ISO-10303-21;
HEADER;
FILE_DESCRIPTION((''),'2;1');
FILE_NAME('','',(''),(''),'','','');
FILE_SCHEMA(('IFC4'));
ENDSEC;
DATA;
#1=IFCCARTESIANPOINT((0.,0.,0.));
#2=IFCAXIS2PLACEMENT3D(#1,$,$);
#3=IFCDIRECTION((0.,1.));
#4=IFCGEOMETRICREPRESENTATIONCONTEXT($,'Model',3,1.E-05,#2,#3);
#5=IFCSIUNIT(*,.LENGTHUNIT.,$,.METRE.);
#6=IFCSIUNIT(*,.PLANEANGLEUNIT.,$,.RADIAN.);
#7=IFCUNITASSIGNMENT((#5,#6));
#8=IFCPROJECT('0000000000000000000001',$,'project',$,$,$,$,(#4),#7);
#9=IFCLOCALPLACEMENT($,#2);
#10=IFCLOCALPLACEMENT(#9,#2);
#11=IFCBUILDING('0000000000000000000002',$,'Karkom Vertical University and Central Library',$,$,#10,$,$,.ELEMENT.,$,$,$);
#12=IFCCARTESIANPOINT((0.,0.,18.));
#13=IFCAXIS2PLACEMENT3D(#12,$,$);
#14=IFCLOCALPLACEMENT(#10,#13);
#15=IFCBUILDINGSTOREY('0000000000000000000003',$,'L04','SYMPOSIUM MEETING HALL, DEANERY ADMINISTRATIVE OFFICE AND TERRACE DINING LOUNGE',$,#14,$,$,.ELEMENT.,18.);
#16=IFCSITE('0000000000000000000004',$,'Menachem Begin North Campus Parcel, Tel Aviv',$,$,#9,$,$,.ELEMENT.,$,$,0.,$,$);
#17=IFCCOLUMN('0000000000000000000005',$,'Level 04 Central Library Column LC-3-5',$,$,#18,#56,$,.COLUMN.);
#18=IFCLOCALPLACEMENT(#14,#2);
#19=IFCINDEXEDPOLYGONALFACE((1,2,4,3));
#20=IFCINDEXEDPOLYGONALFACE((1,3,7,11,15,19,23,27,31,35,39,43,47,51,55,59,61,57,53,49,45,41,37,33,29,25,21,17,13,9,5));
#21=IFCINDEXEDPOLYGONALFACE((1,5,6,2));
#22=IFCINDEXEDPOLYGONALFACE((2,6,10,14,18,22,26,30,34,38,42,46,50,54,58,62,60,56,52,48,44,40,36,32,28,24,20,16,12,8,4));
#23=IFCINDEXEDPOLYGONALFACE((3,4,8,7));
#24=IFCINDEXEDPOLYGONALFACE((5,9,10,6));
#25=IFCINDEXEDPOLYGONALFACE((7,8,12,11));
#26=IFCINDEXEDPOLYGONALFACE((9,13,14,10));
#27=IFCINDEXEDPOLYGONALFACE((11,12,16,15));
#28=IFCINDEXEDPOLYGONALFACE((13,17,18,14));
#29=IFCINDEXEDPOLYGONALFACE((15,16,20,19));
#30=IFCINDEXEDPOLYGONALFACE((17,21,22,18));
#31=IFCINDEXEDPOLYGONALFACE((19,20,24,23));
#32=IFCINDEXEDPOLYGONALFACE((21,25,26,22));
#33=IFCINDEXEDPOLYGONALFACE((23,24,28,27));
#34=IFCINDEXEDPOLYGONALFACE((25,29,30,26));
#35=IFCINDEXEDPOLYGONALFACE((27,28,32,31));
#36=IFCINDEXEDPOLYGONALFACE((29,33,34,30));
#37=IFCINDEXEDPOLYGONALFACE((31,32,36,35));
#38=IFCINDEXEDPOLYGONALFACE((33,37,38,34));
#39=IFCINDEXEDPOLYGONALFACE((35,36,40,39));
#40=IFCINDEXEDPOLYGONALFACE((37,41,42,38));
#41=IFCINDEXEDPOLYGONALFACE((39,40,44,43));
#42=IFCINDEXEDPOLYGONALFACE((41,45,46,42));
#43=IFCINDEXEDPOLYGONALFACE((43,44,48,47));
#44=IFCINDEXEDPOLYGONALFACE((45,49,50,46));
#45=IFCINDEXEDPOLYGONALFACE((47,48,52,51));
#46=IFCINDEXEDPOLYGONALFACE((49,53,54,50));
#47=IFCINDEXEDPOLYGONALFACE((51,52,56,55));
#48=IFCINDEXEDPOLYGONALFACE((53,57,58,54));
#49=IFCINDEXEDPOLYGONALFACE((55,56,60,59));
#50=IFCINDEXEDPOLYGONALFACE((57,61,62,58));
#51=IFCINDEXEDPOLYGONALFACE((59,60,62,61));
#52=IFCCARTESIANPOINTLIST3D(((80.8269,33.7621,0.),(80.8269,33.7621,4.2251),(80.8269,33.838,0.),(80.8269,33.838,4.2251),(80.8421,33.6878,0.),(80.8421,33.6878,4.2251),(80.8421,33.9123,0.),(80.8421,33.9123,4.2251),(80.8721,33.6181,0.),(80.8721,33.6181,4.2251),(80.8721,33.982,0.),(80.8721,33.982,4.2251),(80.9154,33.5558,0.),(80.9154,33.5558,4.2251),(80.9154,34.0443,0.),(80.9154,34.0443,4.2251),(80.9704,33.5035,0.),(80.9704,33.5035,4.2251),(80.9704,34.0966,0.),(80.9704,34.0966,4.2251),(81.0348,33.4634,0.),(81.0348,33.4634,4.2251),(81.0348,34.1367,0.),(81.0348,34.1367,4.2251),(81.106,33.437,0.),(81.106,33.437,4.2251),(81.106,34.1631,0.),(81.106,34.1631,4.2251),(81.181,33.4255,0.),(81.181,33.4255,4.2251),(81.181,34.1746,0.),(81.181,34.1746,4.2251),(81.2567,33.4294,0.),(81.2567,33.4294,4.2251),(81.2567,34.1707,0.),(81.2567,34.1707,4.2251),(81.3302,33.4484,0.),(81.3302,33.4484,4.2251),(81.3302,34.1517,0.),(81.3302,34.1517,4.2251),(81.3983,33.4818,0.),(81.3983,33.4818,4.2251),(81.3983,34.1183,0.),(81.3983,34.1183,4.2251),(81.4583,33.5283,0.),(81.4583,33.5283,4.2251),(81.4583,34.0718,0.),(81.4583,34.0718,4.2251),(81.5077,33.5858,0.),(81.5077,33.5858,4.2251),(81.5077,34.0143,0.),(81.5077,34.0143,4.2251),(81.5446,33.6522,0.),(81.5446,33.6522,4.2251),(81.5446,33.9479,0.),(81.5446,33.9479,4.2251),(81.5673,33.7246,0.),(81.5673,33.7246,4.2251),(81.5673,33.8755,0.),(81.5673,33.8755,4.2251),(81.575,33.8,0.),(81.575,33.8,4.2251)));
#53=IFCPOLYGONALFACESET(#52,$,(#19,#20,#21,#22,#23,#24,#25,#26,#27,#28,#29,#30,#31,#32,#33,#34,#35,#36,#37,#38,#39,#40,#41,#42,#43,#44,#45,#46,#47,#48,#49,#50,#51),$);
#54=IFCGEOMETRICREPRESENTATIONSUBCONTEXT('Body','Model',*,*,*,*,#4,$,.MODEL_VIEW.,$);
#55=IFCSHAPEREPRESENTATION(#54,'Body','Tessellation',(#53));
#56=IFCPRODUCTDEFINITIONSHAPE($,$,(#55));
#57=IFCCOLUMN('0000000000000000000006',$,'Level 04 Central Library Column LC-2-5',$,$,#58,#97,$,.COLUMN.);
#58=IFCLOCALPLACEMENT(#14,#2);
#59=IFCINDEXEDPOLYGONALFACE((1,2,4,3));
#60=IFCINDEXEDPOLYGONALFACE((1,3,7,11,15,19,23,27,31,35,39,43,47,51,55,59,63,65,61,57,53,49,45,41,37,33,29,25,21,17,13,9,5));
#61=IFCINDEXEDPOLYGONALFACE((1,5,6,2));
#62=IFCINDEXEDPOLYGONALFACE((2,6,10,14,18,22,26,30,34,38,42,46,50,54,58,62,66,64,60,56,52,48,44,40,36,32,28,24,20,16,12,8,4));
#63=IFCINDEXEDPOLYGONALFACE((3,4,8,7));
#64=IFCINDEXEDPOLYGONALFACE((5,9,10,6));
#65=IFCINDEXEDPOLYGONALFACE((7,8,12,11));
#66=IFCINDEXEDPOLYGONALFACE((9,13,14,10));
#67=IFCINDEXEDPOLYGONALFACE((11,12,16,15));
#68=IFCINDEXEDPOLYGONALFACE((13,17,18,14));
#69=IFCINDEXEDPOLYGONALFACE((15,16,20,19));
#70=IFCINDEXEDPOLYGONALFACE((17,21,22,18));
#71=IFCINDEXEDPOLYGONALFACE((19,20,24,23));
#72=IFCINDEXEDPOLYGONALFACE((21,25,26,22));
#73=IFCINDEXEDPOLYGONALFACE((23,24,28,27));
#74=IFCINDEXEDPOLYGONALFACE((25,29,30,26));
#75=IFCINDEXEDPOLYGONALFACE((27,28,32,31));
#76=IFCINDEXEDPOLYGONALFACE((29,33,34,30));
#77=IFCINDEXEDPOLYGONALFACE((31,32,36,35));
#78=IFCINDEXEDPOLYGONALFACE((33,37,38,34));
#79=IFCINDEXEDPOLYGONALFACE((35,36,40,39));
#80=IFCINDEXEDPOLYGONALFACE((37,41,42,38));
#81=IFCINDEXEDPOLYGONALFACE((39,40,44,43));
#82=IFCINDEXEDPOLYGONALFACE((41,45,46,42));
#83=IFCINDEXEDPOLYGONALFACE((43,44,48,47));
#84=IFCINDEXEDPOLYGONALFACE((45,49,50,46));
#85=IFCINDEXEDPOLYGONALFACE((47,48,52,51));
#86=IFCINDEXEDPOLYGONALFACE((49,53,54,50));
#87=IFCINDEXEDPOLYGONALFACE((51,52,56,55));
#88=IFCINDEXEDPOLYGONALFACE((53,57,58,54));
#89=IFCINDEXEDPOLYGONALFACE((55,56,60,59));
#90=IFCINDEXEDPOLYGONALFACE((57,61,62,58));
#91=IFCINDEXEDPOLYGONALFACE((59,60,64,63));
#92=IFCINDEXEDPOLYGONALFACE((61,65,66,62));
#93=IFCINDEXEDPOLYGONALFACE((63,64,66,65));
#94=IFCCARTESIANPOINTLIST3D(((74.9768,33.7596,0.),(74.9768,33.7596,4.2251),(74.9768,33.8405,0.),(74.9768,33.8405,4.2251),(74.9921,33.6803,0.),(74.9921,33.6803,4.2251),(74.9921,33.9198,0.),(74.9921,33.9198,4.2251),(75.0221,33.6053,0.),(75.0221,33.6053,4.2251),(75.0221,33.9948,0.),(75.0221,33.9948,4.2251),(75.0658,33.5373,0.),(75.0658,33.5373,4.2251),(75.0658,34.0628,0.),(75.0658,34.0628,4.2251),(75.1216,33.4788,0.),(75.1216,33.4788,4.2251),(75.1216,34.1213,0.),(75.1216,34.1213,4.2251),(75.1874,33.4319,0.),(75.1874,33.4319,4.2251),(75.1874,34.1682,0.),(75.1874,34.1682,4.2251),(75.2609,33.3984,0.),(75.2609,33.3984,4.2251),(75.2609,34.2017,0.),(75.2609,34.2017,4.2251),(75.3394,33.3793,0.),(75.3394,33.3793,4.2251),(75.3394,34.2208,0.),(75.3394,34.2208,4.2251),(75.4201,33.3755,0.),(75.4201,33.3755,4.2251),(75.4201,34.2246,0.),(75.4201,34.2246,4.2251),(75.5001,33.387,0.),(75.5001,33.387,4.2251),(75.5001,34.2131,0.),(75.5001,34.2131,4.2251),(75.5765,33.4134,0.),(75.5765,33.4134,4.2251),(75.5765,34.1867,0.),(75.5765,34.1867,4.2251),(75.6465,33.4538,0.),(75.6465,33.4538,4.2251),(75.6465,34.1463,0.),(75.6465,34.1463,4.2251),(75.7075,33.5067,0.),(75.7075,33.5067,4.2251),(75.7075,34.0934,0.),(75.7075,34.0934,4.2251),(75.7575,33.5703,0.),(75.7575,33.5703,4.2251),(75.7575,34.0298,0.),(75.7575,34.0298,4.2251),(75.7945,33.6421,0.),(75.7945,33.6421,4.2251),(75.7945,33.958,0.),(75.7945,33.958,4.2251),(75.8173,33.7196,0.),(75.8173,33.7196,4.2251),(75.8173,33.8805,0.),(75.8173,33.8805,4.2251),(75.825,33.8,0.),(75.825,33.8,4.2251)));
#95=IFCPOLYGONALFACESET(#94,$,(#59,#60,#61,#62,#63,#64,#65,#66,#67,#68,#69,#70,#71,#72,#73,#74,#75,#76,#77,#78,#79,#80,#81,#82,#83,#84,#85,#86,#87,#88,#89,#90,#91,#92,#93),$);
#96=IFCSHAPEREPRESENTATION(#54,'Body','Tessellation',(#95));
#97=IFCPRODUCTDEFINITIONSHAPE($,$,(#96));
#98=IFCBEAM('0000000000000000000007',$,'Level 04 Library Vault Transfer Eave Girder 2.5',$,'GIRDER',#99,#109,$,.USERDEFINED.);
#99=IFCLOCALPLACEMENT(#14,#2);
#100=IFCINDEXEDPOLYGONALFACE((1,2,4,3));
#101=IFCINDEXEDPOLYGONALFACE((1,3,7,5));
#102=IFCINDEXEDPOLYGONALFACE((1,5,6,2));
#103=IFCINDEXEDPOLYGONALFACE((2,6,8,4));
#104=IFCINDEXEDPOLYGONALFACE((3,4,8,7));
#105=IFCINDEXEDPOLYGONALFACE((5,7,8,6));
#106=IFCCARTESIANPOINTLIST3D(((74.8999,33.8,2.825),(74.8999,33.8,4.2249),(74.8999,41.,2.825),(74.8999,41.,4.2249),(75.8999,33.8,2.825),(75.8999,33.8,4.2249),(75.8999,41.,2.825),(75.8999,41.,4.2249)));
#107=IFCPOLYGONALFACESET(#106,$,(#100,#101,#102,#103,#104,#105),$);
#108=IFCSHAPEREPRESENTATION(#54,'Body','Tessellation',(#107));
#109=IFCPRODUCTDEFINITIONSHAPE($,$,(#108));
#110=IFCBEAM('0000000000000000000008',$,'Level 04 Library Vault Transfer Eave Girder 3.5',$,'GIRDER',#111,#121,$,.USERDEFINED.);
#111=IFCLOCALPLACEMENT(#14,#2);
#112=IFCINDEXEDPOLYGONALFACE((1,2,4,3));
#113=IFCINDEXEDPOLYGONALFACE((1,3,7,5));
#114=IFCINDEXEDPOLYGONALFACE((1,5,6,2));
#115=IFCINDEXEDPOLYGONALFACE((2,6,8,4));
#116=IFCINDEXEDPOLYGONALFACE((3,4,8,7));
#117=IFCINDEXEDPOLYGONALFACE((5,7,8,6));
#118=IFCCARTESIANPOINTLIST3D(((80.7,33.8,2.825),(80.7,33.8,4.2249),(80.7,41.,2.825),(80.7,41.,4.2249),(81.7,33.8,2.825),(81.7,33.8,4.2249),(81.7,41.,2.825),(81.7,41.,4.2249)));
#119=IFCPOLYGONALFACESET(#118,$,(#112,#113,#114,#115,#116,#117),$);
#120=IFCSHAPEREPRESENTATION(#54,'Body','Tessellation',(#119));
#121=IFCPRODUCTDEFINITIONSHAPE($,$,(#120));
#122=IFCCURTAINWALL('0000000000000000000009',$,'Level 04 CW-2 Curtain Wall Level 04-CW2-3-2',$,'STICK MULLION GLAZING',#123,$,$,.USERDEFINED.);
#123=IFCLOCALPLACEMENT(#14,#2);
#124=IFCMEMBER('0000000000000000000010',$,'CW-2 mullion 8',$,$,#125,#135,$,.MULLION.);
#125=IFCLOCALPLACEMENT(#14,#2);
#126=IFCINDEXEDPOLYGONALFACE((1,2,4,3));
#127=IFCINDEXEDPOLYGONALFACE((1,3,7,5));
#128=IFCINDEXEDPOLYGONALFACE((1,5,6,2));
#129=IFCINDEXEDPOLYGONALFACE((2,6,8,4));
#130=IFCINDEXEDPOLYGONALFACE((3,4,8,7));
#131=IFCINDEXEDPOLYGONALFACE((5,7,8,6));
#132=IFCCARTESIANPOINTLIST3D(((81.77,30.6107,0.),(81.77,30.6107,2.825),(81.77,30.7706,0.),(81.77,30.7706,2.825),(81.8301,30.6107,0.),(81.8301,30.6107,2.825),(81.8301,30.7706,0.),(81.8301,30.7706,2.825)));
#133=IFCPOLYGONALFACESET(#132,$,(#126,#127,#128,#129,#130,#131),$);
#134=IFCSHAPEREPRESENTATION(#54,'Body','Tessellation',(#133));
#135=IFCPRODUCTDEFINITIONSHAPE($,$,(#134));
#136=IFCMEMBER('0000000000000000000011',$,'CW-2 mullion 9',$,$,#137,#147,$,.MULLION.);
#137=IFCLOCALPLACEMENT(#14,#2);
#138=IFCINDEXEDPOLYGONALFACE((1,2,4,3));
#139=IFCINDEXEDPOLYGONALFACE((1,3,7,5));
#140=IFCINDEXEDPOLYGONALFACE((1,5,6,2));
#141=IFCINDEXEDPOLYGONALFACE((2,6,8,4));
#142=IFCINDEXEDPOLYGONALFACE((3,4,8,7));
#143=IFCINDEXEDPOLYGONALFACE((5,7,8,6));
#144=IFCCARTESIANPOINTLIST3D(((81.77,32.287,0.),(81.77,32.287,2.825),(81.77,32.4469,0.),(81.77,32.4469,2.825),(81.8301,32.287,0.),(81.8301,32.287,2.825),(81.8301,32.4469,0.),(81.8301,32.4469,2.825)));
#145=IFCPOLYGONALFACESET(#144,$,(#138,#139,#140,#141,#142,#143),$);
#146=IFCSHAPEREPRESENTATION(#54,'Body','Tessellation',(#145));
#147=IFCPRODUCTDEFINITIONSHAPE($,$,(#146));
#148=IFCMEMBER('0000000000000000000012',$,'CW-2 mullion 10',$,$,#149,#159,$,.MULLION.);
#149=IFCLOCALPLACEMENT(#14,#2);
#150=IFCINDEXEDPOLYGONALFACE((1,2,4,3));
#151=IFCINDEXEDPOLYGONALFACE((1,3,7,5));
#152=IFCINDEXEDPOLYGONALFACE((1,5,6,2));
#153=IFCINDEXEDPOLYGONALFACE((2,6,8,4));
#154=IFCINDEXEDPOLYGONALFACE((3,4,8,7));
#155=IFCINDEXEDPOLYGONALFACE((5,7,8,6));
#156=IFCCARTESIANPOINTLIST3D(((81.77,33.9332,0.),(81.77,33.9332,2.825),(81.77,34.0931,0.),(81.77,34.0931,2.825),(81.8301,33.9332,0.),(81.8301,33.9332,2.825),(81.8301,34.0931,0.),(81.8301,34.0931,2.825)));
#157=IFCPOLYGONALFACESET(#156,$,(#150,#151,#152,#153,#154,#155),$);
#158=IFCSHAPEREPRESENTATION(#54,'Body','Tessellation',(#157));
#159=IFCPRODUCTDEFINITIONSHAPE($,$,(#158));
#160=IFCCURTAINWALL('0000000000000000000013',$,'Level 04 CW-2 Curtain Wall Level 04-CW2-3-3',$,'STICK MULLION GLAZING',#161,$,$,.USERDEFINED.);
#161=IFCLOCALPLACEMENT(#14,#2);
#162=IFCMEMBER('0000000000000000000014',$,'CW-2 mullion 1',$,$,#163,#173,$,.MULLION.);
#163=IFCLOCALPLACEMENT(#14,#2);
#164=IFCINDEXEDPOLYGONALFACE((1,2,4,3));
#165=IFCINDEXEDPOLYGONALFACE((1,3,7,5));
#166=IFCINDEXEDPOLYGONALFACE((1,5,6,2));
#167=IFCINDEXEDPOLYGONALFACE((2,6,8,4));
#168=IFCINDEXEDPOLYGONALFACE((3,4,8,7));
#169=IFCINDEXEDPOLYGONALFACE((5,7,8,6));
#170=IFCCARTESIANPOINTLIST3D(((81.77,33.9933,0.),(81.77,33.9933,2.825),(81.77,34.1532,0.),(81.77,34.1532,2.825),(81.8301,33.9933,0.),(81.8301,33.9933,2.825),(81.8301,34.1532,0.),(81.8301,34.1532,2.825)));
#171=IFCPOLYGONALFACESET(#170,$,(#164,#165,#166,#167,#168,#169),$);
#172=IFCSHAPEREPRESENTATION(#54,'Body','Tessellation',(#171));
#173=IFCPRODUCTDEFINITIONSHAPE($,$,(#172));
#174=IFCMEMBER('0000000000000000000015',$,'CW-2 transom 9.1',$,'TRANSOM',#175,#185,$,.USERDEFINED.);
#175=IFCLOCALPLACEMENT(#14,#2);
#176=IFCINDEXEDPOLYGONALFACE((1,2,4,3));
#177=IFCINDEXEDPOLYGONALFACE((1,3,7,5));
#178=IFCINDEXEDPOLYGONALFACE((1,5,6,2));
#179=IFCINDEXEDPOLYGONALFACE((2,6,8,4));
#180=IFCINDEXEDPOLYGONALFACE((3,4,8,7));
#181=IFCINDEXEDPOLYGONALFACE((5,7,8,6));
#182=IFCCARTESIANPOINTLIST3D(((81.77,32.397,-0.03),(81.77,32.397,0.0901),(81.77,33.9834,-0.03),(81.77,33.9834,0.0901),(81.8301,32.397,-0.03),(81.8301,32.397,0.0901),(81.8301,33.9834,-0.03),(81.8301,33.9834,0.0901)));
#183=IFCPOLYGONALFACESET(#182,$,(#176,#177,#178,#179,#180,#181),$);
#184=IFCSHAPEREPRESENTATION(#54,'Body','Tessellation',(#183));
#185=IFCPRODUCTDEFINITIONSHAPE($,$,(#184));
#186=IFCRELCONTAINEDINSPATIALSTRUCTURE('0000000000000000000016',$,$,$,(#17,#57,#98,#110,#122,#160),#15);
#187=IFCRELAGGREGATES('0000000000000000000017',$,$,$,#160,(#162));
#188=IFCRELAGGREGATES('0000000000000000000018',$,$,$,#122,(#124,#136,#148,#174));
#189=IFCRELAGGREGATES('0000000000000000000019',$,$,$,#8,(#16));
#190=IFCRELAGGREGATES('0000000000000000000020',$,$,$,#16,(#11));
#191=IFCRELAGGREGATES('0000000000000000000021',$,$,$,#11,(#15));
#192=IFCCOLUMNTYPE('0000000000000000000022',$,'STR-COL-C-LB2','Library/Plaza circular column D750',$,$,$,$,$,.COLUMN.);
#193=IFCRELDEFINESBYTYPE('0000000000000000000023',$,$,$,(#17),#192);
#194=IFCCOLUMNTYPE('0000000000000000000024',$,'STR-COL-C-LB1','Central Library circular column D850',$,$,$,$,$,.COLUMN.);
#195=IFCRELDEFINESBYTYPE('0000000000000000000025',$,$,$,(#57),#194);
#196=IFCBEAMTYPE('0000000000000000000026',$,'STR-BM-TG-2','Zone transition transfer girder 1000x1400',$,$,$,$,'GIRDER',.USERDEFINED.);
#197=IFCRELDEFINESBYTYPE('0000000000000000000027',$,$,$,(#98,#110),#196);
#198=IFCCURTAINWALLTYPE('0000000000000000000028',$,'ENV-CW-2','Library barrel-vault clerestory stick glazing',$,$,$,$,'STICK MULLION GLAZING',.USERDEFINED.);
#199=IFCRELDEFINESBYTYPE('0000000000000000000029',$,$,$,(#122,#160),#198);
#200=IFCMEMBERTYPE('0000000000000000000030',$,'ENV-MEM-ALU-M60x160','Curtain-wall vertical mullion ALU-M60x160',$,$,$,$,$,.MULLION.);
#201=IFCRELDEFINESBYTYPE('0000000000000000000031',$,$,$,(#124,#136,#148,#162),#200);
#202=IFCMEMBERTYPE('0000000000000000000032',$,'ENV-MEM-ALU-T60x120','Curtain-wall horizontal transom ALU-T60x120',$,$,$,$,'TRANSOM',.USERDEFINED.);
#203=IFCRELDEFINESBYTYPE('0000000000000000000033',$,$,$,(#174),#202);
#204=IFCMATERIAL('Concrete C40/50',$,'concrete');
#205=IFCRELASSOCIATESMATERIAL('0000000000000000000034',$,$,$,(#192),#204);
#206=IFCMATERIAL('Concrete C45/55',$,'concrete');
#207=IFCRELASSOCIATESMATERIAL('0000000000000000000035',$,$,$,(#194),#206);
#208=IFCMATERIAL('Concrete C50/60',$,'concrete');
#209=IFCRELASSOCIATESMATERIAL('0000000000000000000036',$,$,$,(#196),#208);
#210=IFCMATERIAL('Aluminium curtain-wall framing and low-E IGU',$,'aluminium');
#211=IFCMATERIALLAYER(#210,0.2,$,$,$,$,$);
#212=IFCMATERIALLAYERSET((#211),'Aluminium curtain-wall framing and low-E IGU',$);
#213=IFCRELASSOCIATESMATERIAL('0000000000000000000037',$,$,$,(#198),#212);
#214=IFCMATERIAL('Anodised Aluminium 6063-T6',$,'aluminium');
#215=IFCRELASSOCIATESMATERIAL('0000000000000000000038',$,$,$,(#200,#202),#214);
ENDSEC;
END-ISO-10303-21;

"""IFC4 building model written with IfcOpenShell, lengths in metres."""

from ifc_helpers import new_model, si_unit, direction, frame, origin, origin_with_axes, origin_2d, place, context, subcontext, project, spatial, rectangle, circle, extrude, source, transform, mapped, material, layer, layer_set, material_profile, profile_set, type_object, element, aggregate, save


model = new_model("IFC4")

# Units and contexts
model_context = context("Model", 3, precision=1e-05, world=origin(), true_north=direction((0.0, 1.0)))
body_context = subcontext(model_context, "Body", "Model", "MODEL_VIEW")
ifc_project = project(units=[si_unit("LENGTHUNIT", "METRE"), si_unit("PLANEANGLEUNIT", "RADIAN")], contexts=[model_context])

# Site, building, storey
site_placement = place(None, origin())
site = spatial("IfcSite", under=ifc_project, at=site_placement, Name="Menachem Begin North Campus Parcel, Tel Aviv", CompositionType="ELEMENT", RefElevation=0.0)
building_placement = place(site_placement, origin())
building = spatial("IfcBuilding", under=site, at=building_placement, Name="Karkom Vertical University and Central Library", CompositionType="ELEMENT")
storey_placement = place(building_placement, frame((0.0, 0.0, 18.0)))
storey = spatial("IfcBuildingStorey", under=building, at=storey_placement, Name="L04", Description="SYMPOSIUM MEETING HALL, DEANERY ADMINISTRATIVE OFFICE AND TERRACE DINING LOUNGE", CompositionType="ELEMENT", Elevation=18.0)

# Columns
ifc_material_1 = material(Name="Concrete C40/50", Category="concrete")
ifc_material_profile_1 = material_profile(ifc_material_1, circle(Radius=0.375, at=origin_2d()), Name="RC-D750")
ifc_profile_set_1 = profile_set([ifc_material_profile_1], Name="Concrete C40/50")
column_type_1 = type_object("IfcColumnType", Name="STR-COL-C-LB2", Description="Library/Plaza circular column D750", PredefinedType="COLUMN", material=ifc_profile_set_1)
shared_shape_1 = source(origin_with_axes(), body_context, "Body", "SweptSolid", [
    extrude(circle(Radius=0.375, at=origin_2d()), origin(), (0.0, 0.0, 1.0), 4.2251),
])
column_1_placement = place(storey_placement, frame((81.2, 33.8, 0.0), z_axis=(0.0, 0.0, 1.0), x_axis=(1.0, 0.0, 0.0)))
element("IfcColumn", 1, at=column_1_placement, inside=storey, type_object=column_type_1, Name="Level 04 Central Library Column LC-3-5", PredefinedType="COLUMN", context=body_context, shape_type="MappedRepresentation", body=[
    mapped(shared_shape_1, transform((0.0, 0.0, 0.0), scale=1.0)),
])
ifc_material_2 = material(Name="Concrete C45/55", Category="concrete")
ifc_material_profile_2 = material_profile(ifc_material_2, circle(Radius=0.425, at=origin_2d()), Name="RC-D850")
ifc_profile_set_2 = profile_set([ifc_material_profile_2], Name="Concrete C45/55")
column_type_2 = type_object("IfcColumnType", Name="STR-COL-C-LB1", Description="Central Library circular column D850", PredefinedType="COLUMN", material=ifc_profile_set_2)
shared_shape_2 = source(origin_with_axes(), body_context, "Body", "SweptSolid", [
    extrude(circle(Radius=0.425, at=origin_2d()), origin(), (0.0, 0.0, 1.0), 4.2251),
])
column_2_placement = place(storey_placement, frame((75.3999, 33.8, 0.0), z_axis=(0.0, 0.0, 1.0), x_axis=(1.0, 0.0, 0.0)))
element("IfcColumn", 2, at=column_2_placement, inside=storey, type_object=column_type_2, Name="Level 04 Central Library Column LC-2-5", PredefinedType="COLUMN", context=body_context, shape_type="MappedRepresentation", body=[
    mapped(shared_shape_2, transform((0.0, 0.0, 0.0), scale=1.0)),
])

# Beams
ifc_material_3 = material(Name="Concrete C50/60", Category="concrete")
ifc_material_profile_3 = material_profile(ifc_material_3, rectangle(XDim=1.0, YDim=1.3999, at=origin_2d()), Name="TG-1000x1400")
ifc_profile_set_3 = profile_set([ifc_material_profile_3], Name="Concrete C50/60")
beam_type = type_object("IfcBeamType", Name="STR-BM-TG-2", Description="Zone transition transfer girder 1000x1400", ElementType="GIRDER", PredefinedType="USERDEFINED", material=ifc_profile_set_3)
shared_shape_3 = source(origin_with_axes(), body_context, "Body", "SweptSolid", [
    extrude(rectangle(XDim=1.0, YDim=1.3999, at=origin_2d()), origin(), (0.0, 0.0, 1.0), 7.2),
])
for number, where, z_axis, x_axis, name in (
    (3, (75.3999, 33.8, 3.5249), (0.0, 1.0, 0.0), (-1.0, 0.0, 0.0), "Level 04 Library Vault Transfer Eave Girder 2.5"),
    (4, (81.2, 33.8, 3.5249), (0.0, 1.0, 0.0), (-1.0, 0.0, 0.0), "Level 04 Library Vault Transfer Eave Girder 3.5"),
):
    element("IfcBeam", number, at=place(storey_placement, frame(where, z_axis=z_axis, x_axis=x_axis)), inside=storey, type_object=beam_type, Name=name, ObjectType="GIRDER", PredefinedType="USERDEFINED", context=body_context, shape_type="MappedRepresentation", body=[
        mapped(shared_shape_3, transform((0.0, 0.0, 0.0), scale=1.0)),
    ])

# Curtain wall, members
ifc_material_4 = material(Name="Aluminium curtain-wall framing and low-E IGU", Category="aluminium")
ifc_layer_1 = layer(ifc_material_4, 0.2)
ifc_layer_set_1 = layer_set([ifc_layer_1], Name="Aluminium curtain-wall framing and low-E IGU")
curtain_wall_type = type_object("IfcCurtainWallType", Name="ENV-CW-2", Description="Library barrel-vault clerestory stick glazing", ElementType="STICK MULLION GLAZING", PredefinedType="USERDEFINED", material=ifc_layer_set_1)
curtain_wall_1_placement = place(storey_placement, origin())
curtain_wall_1 = element("IfcCurtainWall", 5, at=curtain_wall_1_placement, inside=storey, type_object=curtain_wall_type, Name="Level 04 CW-2 Curtain Wall Level 04-CW2-3-2", ObjectType="STICK MULLION GLAZING", PredefinedType="USERDEFINED")
ifc_material_5 = material(Name="Anodised Aluminium 6063-T6", Category="aluminium")
ifc_material_profile_4 = material_profile(ifc_material_5, rectangle(XDim=0.0601, YDim=0.1599, at=origin_2d()), Name="ALU-M60x160")
ifc_profile_set_4 = profile_set([ifc_material_profile_4], Name="Anodised Aluminium 6063-T6")
member_type_1 = type_object("IfcMemberType", Name="ENV-MEM-ALU-M60x160", Description="Curtain-wall vertical mullion ALU-M60x160", PredefinedType="MULLION", material=ifc_profile_set_4)
shared_shape_4 = source(origin_with_axes(), body_context, "Body", "SweptSolid", [
    extrude(rectangle(XDim=0.0601, YDim=0.1599, at=origin_2d()), origin(), (0.0, 0.0, 1.0), 2.825),
])
member_1_placement = place(storey_placement, frame((81.8, 30.6907, 0.0), z_axis=(0.0, 0.0, 1.0), x_axis=(-1.0, 0.0, 0.0)))
member_1 = element("IfcMember", 6, at=member_1_placement, type_object=member_type_1, Name="CW-2 mullion 8", PredefinedType="MULLION", context=body_context, shape_type="MappedRepresentation", body=[
    mapped(shared_shape_4, transform((0.0, 0.0, 0.0), scale=1.0)),
])
member_2_placement = place(storey_placement, frame((81.8, 32.3669, 0.0), z_axis=(0.0, 0.0, 1.0), x_axis=(-1.0, 0.0, 0.0)))
member_2 = element("IfcMember", 7, at=member_2_placement, type_object=member_type_1, Name="CW-2 mullion 9", PredefinedType="MULLION", context=body_context, shape_type="MappedRepresentation", body=[
    mapped(shared_shape_4, transform((0.0, 0.0, 0.0), scale=1.0)),
])
member_3_placement = place(storey_placement, frame((81.8, 34.0132, 0.0), z_axis=(0.0, 0.0, 1.0), x_axis=(-1.0, 0.0, 0.0)))
member_3 = element("IfcMember", 8, at=member_3_placement, type_object=member_type_1, Name="CW-2 mullion 10", PredefinedType="MULLION", context=body_context, shape_type="MappedRepresentation", body=[
    mapped(shared_shape_4, transform((0.0, 0.0, 0.0), scale=1.0)),
])

# Curtain wall, member
curtain_wall_2_placement = place(storey_placement, origin())
curtain_wall_2 = element("IfcCurtainWall", 9, at=curtain_wall_2_placement, inside=storey, type_object=curtain_wall_type, Name="Level 04 CW-2 Curtain Wall Level 04-CW2-3-3", ObjectType="STICK MULLION GLAZING", PredefinedType="USERDEFINED")
member_4_placement = place(storey_placement, frame((81.8, 34.0732, 0.0), z_axis=(0.0, 0.0, 1.0), x_axis=(-1.0, 0.0, 0.0)))
member_4 = element("IfcMember", 10, at=member_4_placement, type_object=member_type_1, Name="CW-2 mullion 1", PredefinedType="MULLION", context=body_context, shape_type="MappedRepresentation", body=[
    mapped(shared_shape_4, transform((0.0, 0.0, 0.0), scale=1.0)),
])

# Member
ifc_material_profile_5 = material_profile(ifc_material_5, rectangle(XDim=0.0601, YDim=0.1201, at=origin_2d()), Name="ALU-T60x120")
ifc_profile_set_5 = profile_set([ifc_material_profile_5], Name="Anodised Aluminium 6063-T6")
member_type_2 = type_object("IfcMemberType", Name="ENV-MEM-ALU-T60x120", Description="Curtain-wall horizontal transom ALU-T60x120", ElementType="TRANSOM", PredefinedType="USERDEFINED", material=ifc_profile_set_5)
shared_shape_5 = source(origin_with_axes(), body_context, "Body", "SweptSolid", [
    extrude(rectangle(XDim=0.0601, YDim=0.1201, at=origin_2d()), origin(), (0.0, 0.0, 1.0), 1.5864),
])
member_5_placement = place(storey_placement, frame((81.8, 32.397, 0.03), z_axis=(0.0, 1.0, 0.0), x_axis=(-1.0, 0.0, 0.0)))
member_5 = element("IfcMember", 11, at=member_5_placement, type_object=member_type_2, Name="CW-2 transom 9.1", ObjectType="TRANSOM", PredefinedType="USERDEFINED", context=body_context, shape_type="MappedRepresentation", body=[
    mapped(shared_shape_5, transform((0.0, 0.0, 0.0), scale=1.0)),
])

aggregate(curtain_wall_2, [member_4])
aggregate(curtain_wall_1, [member_1, member_2, member_3, member_5])

save(model, "model.ifc")
